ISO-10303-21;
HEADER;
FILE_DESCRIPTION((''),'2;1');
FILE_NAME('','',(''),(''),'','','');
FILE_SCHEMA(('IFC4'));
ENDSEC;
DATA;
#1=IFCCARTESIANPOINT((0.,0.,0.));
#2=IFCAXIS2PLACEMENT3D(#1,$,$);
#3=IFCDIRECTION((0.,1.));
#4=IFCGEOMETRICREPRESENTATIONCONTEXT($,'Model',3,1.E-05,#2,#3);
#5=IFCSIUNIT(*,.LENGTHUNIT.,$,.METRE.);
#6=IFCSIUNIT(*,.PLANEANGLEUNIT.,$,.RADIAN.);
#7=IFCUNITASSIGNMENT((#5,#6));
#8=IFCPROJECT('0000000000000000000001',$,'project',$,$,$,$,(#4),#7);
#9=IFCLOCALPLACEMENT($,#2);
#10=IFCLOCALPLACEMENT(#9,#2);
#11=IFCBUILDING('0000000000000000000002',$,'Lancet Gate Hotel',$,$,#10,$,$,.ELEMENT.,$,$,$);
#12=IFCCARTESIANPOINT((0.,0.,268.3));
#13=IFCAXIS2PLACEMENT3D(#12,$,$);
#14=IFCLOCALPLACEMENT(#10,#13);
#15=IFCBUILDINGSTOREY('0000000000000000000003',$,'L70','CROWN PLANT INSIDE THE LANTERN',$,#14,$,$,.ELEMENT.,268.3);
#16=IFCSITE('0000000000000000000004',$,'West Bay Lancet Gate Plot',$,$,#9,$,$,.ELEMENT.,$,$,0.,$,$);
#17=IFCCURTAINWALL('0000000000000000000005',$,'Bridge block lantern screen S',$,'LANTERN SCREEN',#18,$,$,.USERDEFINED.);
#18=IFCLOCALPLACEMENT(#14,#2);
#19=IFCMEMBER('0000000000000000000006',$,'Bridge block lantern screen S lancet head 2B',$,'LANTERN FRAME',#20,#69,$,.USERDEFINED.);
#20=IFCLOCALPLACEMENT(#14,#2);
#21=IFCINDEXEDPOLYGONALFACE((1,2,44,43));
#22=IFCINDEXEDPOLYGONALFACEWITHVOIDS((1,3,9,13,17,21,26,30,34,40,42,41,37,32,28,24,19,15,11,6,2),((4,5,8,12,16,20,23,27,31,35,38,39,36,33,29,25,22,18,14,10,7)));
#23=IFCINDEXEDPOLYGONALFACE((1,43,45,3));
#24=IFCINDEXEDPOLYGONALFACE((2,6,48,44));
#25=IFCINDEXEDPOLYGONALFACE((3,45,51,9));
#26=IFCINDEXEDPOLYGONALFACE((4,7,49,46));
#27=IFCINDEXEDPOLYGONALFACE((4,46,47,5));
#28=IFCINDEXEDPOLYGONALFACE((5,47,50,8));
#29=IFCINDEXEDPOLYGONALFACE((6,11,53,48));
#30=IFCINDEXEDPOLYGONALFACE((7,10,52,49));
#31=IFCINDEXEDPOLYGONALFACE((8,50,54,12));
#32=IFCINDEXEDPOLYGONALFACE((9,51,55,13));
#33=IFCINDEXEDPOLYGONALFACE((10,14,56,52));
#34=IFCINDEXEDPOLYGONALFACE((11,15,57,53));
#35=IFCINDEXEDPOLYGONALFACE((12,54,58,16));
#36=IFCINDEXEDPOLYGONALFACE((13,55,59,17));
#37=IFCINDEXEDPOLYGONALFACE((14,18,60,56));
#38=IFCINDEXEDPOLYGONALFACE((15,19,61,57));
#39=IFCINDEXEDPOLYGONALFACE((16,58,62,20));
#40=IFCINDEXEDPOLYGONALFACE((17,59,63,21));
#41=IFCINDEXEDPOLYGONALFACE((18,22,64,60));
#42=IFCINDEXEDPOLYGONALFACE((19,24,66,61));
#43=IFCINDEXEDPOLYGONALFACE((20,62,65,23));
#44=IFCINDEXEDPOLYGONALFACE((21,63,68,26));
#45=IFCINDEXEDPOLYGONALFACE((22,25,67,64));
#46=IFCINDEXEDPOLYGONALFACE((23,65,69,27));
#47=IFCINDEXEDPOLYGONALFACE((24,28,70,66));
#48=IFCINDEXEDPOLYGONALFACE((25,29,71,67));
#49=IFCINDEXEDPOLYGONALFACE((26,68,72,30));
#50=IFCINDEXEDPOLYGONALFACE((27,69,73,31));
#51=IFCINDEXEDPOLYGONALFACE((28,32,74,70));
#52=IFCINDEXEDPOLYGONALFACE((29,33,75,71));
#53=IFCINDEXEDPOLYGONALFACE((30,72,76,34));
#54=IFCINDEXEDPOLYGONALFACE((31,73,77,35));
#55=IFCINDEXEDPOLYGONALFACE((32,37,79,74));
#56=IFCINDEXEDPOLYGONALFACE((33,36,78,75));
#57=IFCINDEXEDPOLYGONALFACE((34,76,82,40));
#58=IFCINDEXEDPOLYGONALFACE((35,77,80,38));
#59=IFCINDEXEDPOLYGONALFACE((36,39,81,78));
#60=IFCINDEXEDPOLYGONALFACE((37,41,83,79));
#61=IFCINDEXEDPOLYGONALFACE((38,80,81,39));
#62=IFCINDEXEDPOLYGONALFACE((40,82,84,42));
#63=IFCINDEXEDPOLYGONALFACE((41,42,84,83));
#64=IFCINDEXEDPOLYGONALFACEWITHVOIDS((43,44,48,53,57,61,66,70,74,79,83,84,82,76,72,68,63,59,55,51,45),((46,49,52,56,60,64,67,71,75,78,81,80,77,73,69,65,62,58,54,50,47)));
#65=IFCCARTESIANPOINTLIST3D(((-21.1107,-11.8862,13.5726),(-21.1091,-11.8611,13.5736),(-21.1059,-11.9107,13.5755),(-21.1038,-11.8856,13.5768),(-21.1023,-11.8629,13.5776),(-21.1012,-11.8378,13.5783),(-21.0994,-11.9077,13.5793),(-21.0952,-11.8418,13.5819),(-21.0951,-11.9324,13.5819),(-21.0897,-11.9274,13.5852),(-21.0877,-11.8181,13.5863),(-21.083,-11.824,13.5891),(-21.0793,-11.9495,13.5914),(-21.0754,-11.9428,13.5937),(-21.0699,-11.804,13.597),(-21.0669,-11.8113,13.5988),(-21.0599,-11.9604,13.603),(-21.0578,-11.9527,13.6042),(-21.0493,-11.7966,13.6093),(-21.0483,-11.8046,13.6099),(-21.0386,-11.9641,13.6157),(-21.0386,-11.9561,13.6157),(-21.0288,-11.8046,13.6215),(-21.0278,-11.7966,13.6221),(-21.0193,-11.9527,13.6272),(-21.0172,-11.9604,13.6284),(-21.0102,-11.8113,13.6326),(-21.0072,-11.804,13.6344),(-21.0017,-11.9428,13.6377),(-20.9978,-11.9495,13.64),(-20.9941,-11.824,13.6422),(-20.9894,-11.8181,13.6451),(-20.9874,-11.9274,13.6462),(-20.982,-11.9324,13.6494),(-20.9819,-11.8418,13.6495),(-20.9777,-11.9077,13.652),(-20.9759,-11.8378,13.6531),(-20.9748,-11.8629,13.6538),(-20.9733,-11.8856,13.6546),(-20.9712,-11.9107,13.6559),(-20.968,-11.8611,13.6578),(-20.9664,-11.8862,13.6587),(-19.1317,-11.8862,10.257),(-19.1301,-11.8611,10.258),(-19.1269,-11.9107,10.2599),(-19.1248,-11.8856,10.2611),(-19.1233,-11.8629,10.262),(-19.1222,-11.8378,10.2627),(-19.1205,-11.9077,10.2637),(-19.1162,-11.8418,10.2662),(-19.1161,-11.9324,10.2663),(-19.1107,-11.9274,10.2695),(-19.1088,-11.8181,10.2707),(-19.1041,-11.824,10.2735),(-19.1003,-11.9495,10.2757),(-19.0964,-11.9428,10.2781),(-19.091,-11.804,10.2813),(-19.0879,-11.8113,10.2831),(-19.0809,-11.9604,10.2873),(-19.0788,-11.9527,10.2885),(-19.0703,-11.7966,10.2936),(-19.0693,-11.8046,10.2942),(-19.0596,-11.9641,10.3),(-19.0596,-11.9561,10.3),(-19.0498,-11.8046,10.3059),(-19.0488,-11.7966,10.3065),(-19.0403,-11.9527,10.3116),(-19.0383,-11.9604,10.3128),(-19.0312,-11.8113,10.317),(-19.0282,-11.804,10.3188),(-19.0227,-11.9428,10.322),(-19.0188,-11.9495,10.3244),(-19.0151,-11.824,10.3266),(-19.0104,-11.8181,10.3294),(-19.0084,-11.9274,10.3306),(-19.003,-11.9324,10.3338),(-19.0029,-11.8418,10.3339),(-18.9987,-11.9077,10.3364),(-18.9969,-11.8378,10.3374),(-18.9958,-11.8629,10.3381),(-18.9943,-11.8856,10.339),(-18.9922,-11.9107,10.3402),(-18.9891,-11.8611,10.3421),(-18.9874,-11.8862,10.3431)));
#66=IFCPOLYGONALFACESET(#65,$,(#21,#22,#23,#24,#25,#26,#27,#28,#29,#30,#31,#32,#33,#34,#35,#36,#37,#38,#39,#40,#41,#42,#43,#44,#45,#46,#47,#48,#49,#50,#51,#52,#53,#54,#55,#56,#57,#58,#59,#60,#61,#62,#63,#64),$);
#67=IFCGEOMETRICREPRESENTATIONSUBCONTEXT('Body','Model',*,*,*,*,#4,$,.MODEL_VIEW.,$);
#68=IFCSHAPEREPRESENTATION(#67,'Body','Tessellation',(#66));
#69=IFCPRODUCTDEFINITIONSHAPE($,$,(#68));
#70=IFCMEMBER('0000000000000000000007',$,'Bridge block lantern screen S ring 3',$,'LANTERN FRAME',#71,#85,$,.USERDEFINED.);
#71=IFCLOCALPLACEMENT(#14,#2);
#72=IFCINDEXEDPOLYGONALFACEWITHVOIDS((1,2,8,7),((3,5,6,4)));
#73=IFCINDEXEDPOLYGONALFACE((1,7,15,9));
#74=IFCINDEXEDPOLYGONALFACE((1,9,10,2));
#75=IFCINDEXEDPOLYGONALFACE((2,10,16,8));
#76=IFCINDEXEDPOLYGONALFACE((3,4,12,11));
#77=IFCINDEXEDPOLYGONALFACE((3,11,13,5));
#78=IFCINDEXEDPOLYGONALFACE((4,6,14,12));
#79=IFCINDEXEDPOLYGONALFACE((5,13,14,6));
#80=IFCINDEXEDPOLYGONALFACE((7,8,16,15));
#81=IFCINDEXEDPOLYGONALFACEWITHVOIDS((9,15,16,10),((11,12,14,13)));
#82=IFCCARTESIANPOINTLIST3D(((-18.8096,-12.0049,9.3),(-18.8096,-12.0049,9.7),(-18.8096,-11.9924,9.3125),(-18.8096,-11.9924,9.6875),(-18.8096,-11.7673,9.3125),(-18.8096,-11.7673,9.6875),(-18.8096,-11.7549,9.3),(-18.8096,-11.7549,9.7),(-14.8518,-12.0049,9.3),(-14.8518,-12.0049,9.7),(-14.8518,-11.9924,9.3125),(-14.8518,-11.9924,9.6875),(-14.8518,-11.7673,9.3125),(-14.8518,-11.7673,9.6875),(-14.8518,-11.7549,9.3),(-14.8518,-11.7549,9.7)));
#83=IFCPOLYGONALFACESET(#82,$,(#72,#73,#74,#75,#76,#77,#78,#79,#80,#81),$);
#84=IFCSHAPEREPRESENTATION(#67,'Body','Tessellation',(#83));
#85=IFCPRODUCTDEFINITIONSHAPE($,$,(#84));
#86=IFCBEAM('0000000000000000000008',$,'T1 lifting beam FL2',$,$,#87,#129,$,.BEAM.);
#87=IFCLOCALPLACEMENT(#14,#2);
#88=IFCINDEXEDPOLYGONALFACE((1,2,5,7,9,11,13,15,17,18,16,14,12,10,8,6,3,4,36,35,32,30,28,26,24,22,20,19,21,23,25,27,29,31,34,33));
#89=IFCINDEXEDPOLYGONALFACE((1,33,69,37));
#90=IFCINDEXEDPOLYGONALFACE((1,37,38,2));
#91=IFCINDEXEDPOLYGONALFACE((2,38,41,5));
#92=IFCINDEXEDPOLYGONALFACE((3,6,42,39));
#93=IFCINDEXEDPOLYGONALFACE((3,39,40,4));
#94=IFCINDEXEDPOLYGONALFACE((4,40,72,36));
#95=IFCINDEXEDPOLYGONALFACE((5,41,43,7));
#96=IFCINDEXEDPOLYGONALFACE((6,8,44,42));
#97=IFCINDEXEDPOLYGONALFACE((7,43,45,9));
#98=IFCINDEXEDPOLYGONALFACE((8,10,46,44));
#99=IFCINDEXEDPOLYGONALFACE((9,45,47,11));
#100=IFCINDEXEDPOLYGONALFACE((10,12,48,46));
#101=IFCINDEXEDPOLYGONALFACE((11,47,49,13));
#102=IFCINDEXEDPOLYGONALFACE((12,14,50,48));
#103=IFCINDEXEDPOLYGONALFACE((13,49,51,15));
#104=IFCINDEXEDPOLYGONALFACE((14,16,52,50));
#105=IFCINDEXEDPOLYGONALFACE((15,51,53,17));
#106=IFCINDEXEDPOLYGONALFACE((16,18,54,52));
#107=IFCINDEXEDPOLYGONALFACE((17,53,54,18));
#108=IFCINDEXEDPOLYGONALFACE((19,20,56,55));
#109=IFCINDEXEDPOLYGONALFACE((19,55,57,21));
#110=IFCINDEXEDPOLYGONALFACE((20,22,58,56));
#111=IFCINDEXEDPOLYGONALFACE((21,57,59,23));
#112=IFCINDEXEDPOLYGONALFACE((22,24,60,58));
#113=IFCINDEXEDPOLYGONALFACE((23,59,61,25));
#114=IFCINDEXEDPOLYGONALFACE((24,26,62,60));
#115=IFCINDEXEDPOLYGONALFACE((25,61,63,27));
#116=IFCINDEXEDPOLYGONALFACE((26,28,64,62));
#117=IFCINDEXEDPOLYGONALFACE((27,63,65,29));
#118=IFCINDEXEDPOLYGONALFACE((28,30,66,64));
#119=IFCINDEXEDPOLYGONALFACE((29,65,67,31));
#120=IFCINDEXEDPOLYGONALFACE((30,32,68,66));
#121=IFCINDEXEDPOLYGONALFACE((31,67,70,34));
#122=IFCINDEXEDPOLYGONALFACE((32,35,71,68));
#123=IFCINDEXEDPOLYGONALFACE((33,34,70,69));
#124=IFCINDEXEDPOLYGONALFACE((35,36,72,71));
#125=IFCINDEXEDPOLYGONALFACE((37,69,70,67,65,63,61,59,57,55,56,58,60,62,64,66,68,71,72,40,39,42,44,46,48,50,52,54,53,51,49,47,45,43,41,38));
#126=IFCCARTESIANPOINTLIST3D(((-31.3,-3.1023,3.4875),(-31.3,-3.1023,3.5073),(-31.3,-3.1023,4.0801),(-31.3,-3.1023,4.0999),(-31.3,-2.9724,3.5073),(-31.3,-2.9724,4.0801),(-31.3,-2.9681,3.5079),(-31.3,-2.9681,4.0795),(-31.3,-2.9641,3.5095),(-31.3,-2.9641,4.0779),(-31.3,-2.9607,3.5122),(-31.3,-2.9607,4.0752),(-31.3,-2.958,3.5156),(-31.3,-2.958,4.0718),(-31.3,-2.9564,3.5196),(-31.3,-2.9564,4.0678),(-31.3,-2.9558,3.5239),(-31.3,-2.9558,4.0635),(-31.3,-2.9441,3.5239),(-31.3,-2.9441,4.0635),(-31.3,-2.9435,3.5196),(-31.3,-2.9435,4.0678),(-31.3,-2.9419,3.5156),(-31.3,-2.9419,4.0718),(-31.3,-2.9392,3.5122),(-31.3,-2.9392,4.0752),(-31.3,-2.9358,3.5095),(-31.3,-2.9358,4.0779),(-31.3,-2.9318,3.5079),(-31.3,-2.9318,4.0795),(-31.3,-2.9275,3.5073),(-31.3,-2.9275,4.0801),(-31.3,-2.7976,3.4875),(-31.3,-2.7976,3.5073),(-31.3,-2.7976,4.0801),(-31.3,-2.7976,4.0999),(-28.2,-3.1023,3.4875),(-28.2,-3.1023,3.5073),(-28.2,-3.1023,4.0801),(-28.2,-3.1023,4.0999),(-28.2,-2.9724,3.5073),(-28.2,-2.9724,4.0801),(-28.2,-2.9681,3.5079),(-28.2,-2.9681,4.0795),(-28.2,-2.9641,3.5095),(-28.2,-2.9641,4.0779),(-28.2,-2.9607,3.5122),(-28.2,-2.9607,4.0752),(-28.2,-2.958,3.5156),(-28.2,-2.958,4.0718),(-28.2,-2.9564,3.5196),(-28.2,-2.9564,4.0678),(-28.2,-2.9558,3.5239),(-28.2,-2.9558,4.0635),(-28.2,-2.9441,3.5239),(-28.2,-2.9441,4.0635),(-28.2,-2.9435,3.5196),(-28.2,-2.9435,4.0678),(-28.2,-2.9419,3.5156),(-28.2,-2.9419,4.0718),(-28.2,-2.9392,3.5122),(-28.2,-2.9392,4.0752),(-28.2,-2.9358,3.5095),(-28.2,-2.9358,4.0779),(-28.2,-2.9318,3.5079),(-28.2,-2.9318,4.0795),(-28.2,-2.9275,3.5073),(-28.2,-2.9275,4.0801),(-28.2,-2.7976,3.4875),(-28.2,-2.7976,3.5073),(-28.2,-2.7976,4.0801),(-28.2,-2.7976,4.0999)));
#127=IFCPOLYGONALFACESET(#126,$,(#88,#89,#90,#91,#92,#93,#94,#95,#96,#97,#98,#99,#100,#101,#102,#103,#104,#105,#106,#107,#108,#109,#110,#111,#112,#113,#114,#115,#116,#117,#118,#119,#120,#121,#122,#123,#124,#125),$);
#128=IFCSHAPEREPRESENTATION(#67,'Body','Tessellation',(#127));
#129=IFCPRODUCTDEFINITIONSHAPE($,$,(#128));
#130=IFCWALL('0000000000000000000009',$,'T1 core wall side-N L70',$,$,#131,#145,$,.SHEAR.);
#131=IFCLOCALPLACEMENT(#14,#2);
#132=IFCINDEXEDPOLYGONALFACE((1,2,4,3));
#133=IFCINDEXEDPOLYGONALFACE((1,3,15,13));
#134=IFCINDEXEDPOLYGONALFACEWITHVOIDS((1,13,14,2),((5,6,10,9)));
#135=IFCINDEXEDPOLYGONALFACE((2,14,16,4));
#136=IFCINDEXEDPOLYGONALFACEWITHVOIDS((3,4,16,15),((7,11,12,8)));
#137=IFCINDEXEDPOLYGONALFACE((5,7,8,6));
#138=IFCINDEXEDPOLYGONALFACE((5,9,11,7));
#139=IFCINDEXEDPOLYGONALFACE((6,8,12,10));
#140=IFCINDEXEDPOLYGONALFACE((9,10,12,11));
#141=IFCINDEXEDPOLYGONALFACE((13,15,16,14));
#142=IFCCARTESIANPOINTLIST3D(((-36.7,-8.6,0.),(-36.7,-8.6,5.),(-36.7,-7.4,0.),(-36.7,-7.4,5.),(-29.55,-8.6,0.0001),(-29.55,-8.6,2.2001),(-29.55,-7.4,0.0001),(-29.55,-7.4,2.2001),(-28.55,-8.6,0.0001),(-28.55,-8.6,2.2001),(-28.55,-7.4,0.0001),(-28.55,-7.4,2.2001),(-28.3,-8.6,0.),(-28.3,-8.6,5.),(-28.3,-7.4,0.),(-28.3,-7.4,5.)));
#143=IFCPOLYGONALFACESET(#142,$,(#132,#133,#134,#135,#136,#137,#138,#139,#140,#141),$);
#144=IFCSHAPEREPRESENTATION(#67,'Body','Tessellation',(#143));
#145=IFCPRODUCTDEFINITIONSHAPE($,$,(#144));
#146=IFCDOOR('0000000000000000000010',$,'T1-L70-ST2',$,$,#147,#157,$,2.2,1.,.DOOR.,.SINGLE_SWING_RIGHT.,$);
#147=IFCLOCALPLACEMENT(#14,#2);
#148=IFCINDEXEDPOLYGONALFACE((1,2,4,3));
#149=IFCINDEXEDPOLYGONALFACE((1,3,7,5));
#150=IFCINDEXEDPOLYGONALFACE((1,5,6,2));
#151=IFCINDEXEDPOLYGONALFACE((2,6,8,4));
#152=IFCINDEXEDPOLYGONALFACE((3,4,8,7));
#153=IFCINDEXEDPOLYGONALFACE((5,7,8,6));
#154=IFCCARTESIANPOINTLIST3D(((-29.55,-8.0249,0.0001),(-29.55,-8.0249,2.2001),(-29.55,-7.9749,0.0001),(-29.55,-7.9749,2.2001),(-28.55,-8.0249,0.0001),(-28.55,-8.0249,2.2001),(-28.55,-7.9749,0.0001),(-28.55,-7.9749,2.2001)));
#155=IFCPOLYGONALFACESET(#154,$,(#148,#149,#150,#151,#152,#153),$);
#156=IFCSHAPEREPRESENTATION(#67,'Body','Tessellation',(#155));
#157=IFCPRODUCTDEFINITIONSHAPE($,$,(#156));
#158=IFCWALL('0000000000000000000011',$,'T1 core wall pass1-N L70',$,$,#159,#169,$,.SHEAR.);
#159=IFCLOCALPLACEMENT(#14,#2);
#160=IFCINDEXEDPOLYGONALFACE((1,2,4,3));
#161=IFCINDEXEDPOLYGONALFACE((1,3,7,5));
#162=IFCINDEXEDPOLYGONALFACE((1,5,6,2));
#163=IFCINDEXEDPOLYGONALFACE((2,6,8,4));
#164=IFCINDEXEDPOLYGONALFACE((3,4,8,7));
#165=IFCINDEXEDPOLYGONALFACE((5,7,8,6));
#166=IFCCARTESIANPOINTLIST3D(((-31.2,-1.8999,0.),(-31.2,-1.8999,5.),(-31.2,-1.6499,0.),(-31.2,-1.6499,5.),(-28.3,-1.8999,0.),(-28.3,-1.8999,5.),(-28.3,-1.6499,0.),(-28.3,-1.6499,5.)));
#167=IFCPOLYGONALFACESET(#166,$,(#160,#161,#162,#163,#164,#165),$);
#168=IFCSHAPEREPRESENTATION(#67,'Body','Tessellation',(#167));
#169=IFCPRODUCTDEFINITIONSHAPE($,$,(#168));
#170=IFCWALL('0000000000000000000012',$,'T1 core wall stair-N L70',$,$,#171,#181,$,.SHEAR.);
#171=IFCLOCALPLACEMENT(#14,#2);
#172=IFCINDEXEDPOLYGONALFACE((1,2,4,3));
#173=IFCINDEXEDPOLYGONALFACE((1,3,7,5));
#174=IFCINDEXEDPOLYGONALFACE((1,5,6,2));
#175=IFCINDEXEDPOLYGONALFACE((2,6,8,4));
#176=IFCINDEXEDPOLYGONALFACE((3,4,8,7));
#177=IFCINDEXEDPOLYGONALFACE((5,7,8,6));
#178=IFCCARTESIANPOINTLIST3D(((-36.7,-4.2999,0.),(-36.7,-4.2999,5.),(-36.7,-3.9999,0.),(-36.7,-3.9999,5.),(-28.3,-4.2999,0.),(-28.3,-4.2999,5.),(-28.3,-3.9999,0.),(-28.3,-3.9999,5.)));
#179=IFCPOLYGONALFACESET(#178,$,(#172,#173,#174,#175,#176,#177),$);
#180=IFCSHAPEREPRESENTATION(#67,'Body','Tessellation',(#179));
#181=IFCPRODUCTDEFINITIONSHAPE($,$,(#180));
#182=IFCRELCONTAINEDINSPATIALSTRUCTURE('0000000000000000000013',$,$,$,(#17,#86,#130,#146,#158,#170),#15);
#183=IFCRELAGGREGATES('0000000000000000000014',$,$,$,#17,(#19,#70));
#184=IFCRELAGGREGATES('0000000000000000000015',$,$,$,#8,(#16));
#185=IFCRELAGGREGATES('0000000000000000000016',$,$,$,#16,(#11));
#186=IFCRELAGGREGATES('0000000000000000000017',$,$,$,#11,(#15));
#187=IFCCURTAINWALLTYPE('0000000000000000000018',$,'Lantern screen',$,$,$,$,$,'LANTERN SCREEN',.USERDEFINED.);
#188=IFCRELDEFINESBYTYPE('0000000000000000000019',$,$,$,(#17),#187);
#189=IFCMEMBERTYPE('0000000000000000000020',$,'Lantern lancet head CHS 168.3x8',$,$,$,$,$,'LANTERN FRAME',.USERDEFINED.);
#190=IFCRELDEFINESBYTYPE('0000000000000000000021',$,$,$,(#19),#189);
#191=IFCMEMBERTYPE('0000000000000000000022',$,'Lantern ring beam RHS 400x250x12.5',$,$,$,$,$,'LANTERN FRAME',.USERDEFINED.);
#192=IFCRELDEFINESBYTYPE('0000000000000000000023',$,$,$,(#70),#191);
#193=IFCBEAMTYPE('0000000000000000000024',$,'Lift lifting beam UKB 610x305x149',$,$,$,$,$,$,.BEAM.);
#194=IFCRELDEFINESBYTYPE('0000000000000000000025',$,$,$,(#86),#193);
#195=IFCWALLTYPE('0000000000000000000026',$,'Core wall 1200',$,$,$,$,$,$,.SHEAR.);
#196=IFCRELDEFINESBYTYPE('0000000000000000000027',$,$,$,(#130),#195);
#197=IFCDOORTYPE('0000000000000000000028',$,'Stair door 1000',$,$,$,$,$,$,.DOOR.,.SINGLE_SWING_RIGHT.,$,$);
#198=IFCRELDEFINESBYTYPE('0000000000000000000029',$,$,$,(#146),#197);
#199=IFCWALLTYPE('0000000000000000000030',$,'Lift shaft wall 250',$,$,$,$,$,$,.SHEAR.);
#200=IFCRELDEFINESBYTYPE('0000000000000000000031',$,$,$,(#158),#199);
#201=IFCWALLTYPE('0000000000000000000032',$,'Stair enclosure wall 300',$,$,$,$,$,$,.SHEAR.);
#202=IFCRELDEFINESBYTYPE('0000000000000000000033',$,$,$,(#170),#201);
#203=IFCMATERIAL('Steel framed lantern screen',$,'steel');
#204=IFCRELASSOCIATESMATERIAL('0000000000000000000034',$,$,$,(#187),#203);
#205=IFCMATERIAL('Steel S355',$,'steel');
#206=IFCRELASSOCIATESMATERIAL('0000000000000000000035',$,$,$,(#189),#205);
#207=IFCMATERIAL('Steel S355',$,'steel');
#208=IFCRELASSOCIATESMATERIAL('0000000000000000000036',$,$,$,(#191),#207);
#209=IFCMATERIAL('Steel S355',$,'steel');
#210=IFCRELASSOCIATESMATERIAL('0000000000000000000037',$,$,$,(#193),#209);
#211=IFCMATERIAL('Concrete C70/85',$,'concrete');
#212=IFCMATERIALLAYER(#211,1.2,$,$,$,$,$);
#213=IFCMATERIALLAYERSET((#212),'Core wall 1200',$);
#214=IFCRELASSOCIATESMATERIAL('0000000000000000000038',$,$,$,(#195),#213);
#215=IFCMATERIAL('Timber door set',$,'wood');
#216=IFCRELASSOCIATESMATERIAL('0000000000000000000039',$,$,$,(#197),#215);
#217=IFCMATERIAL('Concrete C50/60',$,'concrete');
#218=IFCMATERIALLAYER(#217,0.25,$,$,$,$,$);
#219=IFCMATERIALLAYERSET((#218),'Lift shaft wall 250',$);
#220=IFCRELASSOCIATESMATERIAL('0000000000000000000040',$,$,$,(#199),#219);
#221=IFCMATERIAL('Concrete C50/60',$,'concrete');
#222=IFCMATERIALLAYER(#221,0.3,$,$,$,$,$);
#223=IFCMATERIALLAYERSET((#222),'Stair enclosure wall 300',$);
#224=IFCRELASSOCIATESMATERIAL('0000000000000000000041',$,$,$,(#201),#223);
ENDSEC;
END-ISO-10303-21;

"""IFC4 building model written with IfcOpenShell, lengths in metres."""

from ifc_helpers import new_model, si_unit, direction, frame, frame_2d, origin, origin_2d, place, context, subcontext, project, spatial, rectangle, hollow_rectangle, hollow_circle, i_section, extrude, material, layer, layer_set, material_profile, profile_set, type_object, element, fill, aggregate, save


model = new_model("IFC4")

# Units and contexts
model_context = context("Model", 3, precision=1e-05, world=origin(), true_north=direction((0.0, 1.0)))
body_context = subcontext(model_context, "Body", "Model", "MODEL_VIEW")
ifc_project = project(units=[si_unit("LENGTHUNIT", "METRE"), si_unit("PLANEANGLEUNIT", "RADIAN")], contexts=[model_context])

# Site, building, storey
site_placement = place(None, origin())
site = spatial("IfcSite", under=ifc_project, at=site_placement, Name="West Bay Lancet Gate Plot", CompositionType="ELEMENT", RefElevation=0.0)
building_placement = place(site_placement, origin())
building = spatial("IfcBuilding", under=site, at=building_placement, Name="Lancet Gate Hotel", CompositionType="ELEMENT")
storey_placement = place(building_placement, frame((0.0, 0.0, 268.3)))
storey = spatial("IfcBuildingStorey", under=building, at=storey_placement, Name="L70", Description="CROWN PLANT INSIDE THE LANTERN", CompositionType="ELEMENT", Elevation=268.3)

# Curtain wall
ifc_material_1 = material(Name="Steel framed lantern screen", Category="steel")
curtain_wall_type_1 = type_object("IfcCurtainWallType", Name="Lantern screen", ElementType="LANTERN SCREEN", PredefinedType="USERDEFINED", material=ifc_material_1)
curtain_wall_1_placement = place(storey_placement, origin())
curtain_wall_1 = element("IfcCurtainWall", 1, at=curtain_wall_1_placement, inside=storey, type_object=curtain_wall_type_1, Name="Bridge block lantern screen S", ObjectType="LANTERN SCREEN", PredefinedType="USERDEFINED")

# Members
ifc_material_2 = material(Name="Steel S355", Category="steel")
ifc_material_profile_1 = material_profile(ifc_material_2, hollow_circle(Radius=0.0842, WallThickness=0.0081, at=origin_2d()), Name="CHS 168.3x8.0")
ifc_profile_set_1 = profile_set([ifc_material_profile_1], Name="Steel S355")
member_type_1 = type_object("IfcMemberType", Name="Lantern lancet head CHS 168.3x8", ElementType="LANTERN FRAME", PredefinedType="USERDEFINED", material=ifc_profile_set_1)
member_1_placement = place(storey_placement, frame((-19.0596, -11.8799, 10.3), z_axis=(-0.512514, 0.0, 0.858679), x_axis=(0.0, -1.0, 0.0)))
member_1 = element("IfcMember", 2, at=member_1_placement, type_object=member_type_1, Name="Bridge block lantern screen S lancet head 2B", ObjectType="LANTERN FRAME", PredefinedType="USERDEFINED", context=body_context, shape_type="SweptSolid", body=[
    extrude(hollow_circle(Radius=0.0842, WallThickness=0.0081, at=origin_2d()), origin(), (0.0, 0.0, 1.0), 3.8613),
])
ifc_material_3 = material(Name="Steel S355", Category="steel")
ifc_material_profile_2 = material_profile(ifc_material_3, hollow_rectangle(XDim=0.25, YDim=0.3999, WallThickness=0.0125, at=origin_2d()), Name="RHS 400x250x12.5")
ifc_profile_set_2 = profile_set([ifc_material_profile_2], Name="Steel S355")
member_type_2 = type_object("IfcMemberType", Name="Lantern ring beam RHS 400x250x12.5", ElementType="LANTERN FRAME", PredefinedType="USERDEFINED", material=ifc_profile_set_2)
member_2_placement = place(storey_placement, frame((-18.8096, -11.8799, 9.5), z_axis=(1.0, 0.0, 0.0), x_axis=(0.0, 1.0, 0.0)))
member_2 = element("IfcMember", 3, at=member_2_placement, type_object=member_type_2, Name="Bridge block lantern screen S ring 3", ObjectType="LANTERN FRAME", PredefinedType="USERDEFINED", context=body_context, shape_type="SweptSolid", body=[
    extrude(hollow_rectangle(XDim=0.25, YDim=0.3999, WallThickness=0.0125, at=origin_2d()), origin(), (0.0, 0.0, 1.0), 3.9578),
])
aggregate(curtain_wall_1, [member_1, member_2])

# Beam
ifc_material_4 = material(Name="Steel S355", Category="steel")
ifc_material_profile_3 = material_profile(ifc_material_4, i_section(OverallWidth=0.3047, OverallDepth=0.6123, WebThickness=0.0117, FlangeThickness=0.0198, FilletRadius=0.0166, at=origin_2d()), Name="UKB 610x305x149")
ifc_profile_set_3 = profile_set([ifc_material_profile_3], Name="Steel S355")
beam_type_1 = type_object("IfcBeamType", Name="Lift lifting beam UKB 610x305x149", PredefinedType="BEAM", material=ifc_profile_set_3)
beam_1_placement = place(storey_placement, frame((-28.2, -2.95, 3.7937), z_axis=(-1.0, 0.0, 0.0), x_axis=(0.0, -1.0, 0.0)))
element("IfcBeam", 4, at=beam_1_placement, inside=storey, type_object=beam_type_1, Name="T1 lifting beam FL2", PredefinedType="BEAM", context=body_context, shape_type="SweptSolid", body=[
    extrude(i_section(OverallWidth=0.3047, OverallDepth=0.6123, WebThickness=0.0117, FlangeThickness=0.0198, FilletRadius=0.0166, at=origin_2d()), origin(), (0.0, 0.0, 1.0), 3.1001),
])

# Wall, opening, door
ifc_material_5 = material(Name="Concrete C70/85", Category="concrete")
ifc_layer_1 = layer(ifc_material_5, 1.2)
ifc_layer_set_1 = layer_set([ifc_layer_1], Name="Core wall 1200")
wall_type_1 = type_object("IfcWallType", Name="Core wall 1200", PredefinedType="SHEAR", material=ifc_layer_set_1)
wall_1_placement = place(storey_placement, frame((-28.3, -8.0, 0.0), z_axis=(0.0, 0.0, 1.0), x_axis=(-1.0, 0.0, 0.0)))
wall_1 = element("IfcWall", 5, at=wall_1_placement, inside=storey, type_object=wall_type_1, Name="T1 core wall side-N L70", PredefinedType="SHEAR", context=body_context, shape_type="SweptSolid", body=[
    extrude(rectangle(XDim=8.3999, YDim=1.2, at=frame_2d((4.2, 0.0))), origin(), (0.0, 0.0, 1.0), 5.0),
])
opening_placement = place(wall_1_placement, frame((0.25, 0.0, 0.0)))
opening = element("IfcOpeningElement", 6, at=opening_placement, cuts=wall_1, PredefinedType="OPENING", context=body_context, shape_type="SweptSolid", body=[
    extrude(rectangle(XDim=1.0, YDim=2.2, at=frame_2d((0.5, 1.1001))), frame((0.0, 0.6099, 0.0), z_axis=(0.0, -1.0, 0.0), x_axis=(1.0, 0.0, 0.0)), (0.0, 0.0, 1.0), 1.22),
])
ifc_material_6 = material(Name="Timber door set", Category="wood")
door_type = type_object("IfcDoorType", Name="Stair door 1000", OperationType="SINGLE_SWING_RIGHT", PredefinedType="DOOR", material=ifc_material_6)
door_placement = place(opening_placement, origin())
door = element("IfcDoor", 7, at=door_placement, inside=storey, type_object=door_type, Name="T1-L70-ST2", OperationType="SINGLE_SWING_RIGHT", OverallHeight=2.2, OverallWidth=1.0, PredefinedType="DOOR", context=body_context, shape_type="SweptSolid", body=[
    extrude(rectangle(XDim=1.0, YDim=2.2, at=frame_2d((0.5, 1.1001))), frame((0.0, 0.0249, 0.0), z_axis=(0.0, -1.0, 0.0), x_axis=(1.0, 0.0, 0.0)), (0.0, 0.0, 1.0), 0.05),
])
fill(opening, door)

# Walls
ifc_material_7 = material(Name="Concrete C50/60", Category="concrete")
ifc_layer_2 = layer(ifc_material_7, 0.25)
ifc_layer_set_2 = layer_set([ifc_layer_2], Name="Lift shaft wall 250")
wall_type_2 = type_object("IfcWallType", Name="Lift shaft wall 250", PredefinedType="SHEAR", material=ifc_layer_set_2)
wall_2_placement = place(storey_placement, frame((-28.3, -1.7749, 0.0), z_axis=(0.0, 0.0, 1.0), x_axis=(-1.0, 0.0, 0.0)))
element("IfcWall", 8, at=wall_2_placement, inside=storey, type_object=wall_type_2, Name="T1 core wall pass1-N L70", PredefinedType="SHEAR", context=body_context, shape_type="SweptSolid", body=[
    extrude(rectangle(XDim=2.8999, YDim=0.25, at=frame_2d((1.45, 0.0))), origin(), (0.0, 0.0, 1.0), 5.0),
])
ifc_material_8 = material(Name="Concrete C50/60", Category="concrete")
ifc_layer_3 = layer(ifc_material_8, 0.3)
ifc_layer_set_3 = layer_set([ifc_layer_3], Name="Stair enclosure wall 300")
wall_type_3 = type_object("IfcWallType", Name="Stair enclosure wall 300", PredefinedType="SHEAR", material=ifc_layer_set_3)
wall_3_placement = place(storey_placement, frame((-28.3, -4.1499, 0.0), z_axis=(0.0, 0.0, 1.0), x_axis=(-1.0, 0.0, 0.0)))
element("IfcWall", 9, at=wall_3_placement, inside=storey, type_object=wall_type_3, Name="T1 core wall stair-N L70", PredefinedType="SHEAR", context=body_context, shape_type="SweptSolid", body=[
    extrude(rectangle(XDim=8.3999, YDim=0.3, at=frame_2d((4.2, 0.0))), origin(), (0.0, 0.0, 1.0), 5.0),
])

save(model, "model.ifc")
